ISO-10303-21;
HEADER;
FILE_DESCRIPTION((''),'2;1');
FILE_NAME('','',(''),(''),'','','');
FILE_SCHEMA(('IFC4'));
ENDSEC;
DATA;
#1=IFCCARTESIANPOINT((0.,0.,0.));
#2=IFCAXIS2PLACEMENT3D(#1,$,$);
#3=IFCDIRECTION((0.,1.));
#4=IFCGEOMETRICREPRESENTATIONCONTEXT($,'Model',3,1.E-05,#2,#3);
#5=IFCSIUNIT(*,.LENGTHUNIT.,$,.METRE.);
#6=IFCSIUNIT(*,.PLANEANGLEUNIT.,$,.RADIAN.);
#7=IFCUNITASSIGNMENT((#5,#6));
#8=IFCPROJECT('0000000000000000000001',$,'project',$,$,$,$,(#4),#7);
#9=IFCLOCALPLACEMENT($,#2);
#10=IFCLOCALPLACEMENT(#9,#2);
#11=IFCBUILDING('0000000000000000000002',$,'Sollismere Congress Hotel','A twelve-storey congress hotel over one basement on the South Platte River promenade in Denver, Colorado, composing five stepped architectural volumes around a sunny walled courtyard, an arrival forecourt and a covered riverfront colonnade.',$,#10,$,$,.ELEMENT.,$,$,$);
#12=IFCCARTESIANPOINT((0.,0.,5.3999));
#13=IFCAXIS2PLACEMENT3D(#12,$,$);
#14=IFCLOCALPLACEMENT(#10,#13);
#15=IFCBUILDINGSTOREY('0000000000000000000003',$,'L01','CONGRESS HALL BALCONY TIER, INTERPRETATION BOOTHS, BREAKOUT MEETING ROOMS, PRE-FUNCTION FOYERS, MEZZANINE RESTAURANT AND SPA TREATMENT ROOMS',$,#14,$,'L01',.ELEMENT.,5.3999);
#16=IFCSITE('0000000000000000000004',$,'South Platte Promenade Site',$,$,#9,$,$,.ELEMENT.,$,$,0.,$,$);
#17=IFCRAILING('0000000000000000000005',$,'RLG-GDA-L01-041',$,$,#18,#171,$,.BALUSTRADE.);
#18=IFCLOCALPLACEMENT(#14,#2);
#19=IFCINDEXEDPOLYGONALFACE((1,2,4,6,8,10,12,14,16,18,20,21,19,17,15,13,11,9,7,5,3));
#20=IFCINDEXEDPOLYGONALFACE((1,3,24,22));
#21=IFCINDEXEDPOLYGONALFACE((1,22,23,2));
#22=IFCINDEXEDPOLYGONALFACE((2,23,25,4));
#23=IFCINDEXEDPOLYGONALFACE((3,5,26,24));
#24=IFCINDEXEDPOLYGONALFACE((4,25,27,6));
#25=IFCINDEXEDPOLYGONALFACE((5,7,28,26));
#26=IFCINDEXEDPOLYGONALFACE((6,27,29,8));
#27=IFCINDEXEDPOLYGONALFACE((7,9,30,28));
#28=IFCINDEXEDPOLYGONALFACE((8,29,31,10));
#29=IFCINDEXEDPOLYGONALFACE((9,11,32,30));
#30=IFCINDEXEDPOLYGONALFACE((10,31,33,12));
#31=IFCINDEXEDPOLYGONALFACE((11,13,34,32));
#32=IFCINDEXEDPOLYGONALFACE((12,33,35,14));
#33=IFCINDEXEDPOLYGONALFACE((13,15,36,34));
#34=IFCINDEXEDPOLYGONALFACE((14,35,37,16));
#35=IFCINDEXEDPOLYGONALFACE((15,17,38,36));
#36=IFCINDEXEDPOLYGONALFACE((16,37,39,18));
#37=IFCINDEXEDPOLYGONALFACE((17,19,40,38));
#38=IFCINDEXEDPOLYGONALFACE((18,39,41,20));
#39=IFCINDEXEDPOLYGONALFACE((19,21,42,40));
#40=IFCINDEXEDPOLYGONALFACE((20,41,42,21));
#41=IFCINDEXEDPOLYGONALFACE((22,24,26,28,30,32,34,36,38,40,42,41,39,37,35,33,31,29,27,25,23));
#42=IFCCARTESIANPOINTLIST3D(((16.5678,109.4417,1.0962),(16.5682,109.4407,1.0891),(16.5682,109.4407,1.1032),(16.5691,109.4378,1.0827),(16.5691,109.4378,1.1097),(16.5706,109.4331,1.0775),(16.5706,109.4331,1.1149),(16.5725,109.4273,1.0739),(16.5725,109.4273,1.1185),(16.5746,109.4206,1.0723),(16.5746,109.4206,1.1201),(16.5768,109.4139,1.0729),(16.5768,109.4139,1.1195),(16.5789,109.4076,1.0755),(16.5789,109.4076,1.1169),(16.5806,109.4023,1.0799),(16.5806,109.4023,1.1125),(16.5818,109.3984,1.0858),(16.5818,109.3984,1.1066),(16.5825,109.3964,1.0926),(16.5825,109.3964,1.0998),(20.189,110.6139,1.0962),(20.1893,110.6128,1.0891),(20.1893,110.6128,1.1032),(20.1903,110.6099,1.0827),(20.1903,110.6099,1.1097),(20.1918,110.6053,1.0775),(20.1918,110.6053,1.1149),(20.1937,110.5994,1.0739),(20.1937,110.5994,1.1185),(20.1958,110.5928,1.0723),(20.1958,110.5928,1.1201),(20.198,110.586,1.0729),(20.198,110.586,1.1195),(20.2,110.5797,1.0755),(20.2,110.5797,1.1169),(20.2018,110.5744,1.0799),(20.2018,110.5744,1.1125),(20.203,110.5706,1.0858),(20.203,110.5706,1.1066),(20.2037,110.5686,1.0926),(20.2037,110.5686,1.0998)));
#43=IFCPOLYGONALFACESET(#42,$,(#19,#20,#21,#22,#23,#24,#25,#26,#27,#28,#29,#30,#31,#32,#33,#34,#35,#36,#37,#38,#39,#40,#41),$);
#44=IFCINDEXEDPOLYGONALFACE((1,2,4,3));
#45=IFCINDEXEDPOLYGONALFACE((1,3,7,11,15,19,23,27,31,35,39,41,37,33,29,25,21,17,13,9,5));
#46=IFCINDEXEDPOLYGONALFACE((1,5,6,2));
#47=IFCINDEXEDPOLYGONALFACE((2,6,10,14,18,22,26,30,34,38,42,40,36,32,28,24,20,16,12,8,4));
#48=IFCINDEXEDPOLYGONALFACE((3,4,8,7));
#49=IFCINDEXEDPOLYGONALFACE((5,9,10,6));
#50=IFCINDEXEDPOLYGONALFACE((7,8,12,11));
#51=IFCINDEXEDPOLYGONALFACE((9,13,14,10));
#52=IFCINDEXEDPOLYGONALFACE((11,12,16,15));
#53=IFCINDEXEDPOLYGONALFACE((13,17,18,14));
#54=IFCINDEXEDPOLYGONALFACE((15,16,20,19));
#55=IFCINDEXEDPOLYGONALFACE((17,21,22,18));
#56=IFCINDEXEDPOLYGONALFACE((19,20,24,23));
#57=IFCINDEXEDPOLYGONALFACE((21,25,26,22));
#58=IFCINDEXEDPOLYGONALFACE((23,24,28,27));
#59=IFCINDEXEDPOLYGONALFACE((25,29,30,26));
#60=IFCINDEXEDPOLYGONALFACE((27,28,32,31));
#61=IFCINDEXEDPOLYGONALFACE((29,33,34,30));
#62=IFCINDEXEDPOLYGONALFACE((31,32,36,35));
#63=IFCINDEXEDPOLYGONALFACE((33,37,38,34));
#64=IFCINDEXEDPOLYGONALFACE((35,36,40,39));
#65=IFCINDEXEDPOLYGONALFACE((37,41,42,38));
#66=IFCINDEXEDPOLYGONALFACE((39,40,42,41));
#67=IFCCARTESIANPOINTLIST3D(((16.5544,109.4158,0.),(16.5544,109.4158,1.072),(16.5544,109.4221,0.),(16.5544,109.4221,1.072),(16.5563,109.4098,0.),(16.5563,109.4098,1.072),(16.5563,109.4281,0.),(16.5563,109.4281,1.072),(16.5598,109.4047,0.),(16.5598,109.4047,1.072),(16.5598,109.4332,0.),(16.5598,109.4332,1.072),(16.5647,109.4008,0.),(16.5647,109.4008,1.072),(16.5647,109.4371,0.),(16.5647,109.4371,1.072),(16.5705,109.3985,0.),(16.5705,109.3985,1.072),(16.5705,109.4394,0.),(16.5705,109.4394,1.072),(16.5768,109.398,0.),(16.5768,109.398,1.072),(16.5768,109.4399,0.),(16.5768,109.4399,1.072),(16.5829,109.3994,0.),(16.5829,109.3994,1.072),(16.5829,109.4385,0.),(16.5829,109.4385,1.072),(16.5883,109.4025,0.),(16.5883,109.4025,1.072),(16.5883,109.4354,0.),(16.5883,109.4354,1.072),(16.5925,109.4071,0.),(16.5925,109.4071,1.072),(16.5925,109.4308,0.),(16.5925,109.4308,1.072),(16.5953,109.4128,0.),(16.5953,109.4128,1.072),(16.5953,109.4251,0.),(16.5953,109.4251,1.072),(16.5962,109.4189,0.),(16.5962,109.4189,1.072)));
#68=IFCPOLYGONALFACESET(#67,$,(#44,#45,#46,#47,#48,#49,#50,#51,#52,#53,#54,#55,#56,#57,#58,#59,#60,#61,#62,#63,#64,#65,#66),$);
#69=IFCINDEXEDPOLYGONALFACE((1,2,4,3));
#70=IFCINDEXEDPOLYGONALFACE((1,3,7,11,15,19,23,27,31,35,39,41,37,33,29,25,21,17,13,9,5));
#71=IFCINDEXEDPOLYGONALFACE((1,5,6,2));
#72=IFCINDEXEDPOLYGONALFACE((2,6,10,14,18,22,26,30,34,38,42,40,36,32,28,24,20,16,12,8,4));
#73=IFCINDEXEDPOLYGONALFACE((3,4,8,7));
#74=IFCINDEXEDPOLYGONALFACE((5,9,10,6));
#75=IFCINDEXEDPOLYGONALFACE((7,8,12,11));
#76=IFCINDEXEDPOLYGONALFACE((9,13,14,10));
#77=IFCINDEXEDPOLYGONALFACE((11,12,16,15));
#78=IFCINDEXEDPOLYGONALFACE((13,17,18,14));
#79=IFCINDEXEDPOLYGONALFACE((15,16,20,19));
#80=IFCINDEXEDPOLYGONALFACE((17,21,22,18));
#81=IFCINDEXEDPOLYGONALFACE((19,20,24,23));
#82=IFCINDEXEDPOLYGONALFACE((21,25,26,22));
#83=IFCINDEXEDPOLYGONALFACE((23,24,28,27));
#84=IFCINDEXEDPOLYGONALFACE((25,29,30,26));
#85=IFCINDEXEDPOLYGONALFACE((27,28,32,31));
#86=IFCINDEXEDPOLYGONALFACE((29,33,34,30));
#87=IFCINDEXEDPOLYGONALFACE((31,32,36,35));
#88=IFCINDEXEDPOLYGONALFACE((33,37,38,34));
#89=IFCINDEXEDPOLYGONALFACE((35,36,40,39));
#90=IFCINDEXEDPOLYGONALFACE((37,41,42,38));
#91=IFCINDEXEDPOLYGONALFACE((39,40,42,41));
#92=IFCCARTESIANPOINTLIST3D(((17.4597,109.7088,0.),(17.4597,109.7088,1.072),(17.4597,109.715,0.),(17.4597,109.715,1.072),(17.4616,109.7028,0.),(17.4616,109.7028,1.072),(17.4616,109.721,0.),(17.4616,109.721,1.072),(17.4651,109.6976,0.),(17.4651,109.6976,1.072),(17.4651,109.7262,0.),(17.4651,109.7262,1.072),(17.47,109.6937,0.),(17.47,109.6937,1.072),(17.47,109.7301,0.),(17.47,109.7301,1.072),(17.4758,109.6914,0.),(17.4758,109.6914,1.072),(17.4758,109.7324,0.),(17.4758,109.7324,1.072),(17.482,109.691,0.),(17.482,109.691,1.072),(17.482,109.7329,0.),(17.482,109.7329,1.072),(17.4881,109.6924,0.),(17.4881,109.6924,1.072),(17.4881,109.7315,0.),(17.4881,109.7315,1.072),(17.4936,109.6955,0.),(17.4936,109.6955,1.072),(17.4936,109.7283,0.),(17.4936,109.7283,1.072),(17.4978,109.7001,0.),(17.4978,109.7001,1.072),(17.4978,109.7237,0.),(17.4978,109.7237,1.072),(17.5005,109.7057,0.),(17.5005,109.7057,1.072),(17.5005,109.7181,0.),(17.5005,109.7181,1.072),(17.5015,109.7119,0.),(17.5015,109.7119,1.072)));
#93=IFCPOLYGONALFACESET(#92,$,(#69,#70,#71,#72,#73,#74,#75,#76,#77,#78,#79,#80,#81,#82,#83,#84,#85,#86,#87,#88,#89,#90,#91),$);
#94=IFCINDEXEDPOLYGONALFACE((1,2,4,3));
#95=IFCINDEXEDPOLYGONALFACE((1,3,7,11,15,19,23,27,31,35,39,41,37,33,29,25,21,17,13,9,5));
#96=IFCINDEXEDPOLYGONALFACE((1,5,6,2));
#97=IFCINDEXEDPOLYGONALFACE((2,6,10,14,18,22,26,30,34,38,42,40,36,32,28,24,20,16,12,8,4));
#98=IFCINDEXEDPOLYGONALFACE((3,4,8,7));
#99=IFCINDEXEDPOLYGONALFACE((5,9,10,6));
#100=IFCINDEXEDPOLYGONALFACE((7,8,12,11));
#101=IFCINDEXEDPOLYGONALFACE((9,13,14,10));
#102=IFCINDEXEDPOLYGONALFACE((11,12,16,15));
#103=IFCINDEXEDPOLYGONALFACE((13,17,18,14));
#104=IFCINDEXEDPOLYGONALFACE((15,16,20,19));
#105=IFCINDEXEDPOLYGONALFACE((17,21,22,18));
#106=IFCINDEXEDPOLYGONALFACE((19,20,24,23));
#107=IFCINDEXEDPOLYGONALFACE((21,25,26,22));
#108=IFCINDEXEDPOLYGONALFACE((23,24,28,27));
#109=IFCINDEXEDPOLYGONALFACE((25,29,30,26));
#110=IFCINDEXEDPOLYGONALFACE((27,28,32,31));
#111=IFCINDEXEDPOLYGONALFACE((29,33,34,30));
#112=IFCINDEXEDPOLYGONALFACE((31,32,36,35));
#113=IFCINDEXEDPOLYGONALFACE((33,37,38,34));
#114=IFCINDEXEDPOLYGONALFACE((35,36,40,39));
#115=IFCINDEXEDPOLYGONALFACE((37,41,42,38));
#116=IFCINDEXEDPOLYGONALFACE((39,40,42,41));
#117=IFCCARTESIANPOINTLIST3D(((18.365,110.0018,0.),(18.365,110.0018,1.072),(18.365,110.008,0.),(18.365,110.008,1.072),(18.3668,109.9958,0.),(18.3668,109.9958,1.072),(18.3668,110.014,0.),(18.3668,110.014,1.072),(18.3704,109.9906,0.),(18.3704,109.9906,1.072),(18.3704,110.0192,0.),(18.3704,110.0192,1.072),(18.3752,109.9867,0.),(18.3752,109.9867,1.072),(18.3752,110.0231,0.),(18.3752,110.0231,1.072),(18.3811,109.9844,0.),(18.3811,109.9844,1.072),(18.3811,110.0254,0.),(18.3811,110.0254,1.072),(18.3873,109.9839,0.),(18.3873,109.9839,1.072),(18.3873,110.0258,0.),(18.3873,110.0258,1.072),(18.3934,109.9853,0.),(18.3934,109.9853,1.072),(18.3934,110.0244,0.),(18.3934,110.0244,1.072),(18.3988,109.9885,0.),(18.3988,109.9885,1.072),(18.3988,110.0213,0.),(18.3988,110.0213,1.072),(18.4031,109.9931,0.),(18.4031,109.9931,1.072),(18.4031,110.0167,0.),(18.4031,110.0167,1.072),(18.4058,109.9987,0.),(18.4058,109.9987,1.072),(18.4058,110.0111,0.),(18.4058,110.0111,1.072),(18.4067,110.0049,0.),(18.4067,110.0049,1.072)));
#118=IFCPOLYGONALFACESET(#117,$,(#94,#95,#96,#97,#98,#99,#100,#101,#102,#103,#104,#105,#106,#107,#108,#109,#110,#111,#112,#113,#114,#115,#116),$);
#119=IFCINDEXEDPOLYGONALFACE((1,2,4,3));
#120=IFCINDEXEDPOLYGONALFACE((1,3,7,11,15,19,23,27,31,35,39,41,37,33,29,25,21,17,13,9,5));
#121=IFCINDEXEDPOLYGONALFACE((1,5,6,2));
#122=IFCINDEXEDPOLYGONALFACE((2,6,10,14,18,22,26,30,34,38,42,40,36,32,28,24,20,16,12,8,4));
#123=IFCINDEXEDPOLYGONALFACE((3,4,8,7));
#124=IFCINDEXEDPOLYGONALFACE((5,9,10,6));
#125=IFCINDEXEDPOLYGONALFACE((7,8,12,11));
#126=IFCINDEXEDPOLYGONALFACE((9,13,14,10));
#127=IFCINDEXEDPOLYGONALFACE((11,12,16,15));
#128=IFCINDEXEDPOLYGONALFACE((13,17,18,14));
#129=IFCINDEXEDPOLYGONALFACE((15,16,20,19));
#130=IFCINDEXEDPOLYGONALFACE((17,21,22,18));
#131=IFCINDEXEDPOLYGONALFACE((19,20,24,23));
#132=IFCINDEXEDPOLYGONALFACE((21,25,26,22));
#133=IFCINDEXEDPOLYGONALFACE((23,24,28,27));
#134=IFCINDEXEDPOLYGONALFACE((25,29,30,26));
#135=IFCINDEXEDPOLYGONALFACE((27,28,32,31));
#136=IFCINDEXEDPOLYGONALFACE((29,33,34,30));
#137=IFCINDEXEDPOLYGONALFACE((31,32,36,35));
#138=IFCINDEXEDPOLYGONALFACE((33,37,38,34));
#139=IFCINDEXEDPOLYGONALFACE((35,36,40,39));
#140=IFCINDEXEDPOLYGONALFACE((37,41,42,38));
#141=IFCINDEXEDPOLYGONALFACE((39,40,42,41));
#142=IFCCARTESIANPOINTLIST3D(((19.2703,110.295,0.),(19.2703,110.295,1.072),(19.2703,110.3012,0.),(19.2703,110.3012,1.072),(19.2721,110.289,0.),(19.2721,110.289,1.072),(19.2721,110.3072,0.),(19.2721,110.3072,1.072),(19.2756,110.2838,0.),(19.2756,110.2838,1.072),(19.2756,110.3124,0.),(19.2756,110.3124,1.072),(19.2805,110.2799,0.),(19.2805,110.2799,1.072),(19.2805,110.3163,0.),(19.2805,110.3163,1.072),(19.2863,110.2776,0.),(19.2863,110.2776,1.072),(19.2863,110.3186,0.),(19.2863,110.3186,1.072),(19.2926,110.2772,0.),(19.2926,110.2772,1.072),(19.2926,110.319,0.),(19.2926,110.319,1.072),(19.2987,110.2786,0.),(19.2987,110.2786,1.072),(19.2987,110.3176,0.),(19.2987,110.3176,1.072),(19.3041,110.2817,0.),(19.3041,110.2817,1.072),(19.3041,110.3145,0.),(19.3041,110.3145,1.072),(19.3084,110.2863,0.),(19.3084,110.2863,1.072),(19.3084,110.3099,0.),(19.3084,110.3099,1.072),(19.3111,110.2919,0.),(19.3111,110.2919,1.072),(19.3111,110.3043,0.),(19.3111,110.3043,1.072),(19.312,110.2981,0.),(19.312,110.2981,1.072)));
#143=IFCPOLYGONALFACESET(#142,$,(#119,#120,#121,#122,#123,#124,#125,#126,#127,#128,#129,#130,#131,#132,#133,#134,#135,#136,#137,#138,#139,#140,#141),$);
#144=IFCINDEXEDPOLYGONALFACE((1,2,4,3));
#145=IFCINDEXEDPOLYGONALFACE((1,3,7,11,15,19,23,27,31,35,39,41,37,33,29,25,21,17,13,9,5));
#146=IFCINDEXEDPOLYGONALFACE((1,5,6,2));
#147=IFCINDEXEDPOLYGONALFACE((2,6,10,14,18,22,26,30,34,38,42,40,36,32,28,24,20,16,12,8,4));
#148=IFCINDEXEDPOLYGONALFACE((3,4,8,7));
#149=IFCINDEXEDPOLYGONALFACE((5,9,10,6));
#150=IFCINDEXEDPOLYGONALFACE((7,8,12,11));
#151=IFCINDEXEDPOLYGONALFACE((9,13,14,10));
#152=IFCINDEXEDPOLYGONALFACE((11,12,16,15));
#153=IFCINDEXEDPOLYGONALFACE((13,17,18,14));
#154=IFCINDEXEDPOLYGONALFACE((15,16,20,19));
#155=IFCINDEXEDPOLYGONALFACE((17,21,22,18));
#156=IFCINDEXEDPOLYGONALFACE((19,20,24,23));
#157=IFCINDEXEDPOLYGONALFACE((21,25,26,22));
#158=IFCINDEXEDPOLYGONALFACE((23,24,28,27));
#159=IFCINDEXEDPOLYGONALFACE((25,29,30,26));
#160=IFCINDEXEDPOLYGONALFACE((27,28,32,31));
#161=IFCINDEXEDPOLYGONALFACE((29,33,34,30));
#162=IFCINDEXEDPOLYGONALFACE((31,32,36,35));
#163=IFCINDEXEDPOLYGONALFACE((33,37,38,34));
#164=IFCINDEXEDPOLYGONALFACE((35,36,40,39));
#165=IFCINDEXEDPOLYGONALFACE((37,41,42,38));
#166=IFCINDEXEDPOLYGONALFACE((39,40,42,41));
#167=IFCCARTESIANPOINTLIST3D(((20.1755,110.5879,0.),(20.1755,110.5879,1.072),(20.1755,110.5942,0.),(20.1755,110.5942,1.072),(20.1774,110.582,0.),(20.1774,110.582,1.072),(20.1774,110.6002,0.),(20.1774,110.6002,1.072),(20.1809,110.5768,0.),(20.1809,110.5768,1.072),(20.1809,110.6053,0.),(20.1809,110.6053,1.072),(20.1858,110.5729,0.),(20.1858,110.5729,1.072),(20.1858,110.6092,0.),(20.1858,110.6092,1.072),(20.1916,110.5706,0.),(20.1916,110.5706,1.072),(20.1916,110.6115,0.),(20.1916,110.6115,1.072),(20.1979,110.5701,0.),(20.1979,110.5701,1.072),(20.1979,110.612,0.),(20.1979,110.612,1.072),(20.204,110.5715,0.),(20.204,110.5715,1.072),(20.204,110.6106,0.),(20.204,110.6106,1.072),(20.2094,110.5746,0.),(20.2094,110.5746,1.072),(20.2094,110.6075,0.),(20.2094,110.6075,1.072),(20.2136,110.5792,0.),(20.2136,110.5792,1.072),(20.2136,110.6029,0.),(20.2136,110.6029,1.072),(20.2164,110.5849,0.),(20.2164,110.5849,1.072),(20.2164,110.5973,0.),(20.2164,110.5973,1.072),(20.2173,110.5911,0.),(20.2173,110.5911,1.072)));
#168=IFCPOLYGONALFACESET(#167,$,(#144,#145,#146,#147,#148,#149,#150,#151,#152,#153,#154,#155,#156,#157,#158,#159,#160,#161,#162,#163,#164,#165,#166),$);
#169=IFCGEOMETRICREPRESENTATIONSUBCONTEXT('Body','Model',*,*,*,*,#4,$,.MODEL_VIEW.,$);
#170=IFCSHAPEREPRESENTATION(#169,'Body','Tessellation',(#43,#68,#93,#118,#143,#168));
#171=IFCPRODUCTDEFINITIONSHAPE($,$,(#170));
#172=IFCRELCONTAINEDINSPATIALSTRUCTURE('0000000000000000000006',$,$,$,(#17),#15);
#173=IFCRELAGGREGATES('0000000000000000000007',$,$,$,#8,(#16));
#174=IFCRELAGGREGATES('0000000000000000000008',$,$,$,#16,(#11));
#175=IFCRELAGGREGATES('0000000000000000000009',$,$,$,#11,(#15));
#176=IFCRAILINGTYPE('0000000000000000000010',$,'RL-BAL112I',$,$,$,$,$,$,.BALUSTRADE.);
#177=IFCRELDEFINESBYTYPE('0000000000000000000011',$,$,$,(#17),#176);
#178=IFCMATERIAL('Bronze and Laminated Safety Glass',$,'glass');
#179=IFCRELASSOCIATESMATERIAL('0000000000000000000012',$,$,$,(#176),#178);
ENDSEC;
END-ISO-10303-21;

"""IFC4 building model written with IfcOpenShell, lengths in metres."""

from ifc_helpers import new_model, si_unit, direction, frame, origin, origin_2d, place, context, subcontext, project, spatial, circle, extrude, material, type_object, element, save


model = new_model("IFC4")

# Units and contexts
model_context = context("Model", 3, precision=1e-05, world=origin(), true_north=direction((0.0, 1.0)))
body_context = subcontext(model_context, "Body", "Model", "MODEL_VIEW")
ifc_project = project(units=[si_unit("LENGTHUNIT", "METRE"), si_unit("PLANEANGLEUNIT", "RADIAN")], contexts=[model_context])

# Site, building, storey
site_placement = place(None, origin())
site = spatial("IfcSite", under=ifc_project, at=site_placement, Name="South Platte Promenade Site", CompositionType="ELEMENT", RefElevation=0.0)
building_placement = place(site_placement, origin())
building = spatial("IfcBuilding", under=site, at=building_placement, Name="Sollismere Congress Hotel", Description="A twelve-storey congress hotel over one basement on the South Platte River promenade in Denver, Colorado, composing five stepped architectural volumes around a sunny walled courtyard, an arrival forecourt and a covered riverfront colonnade.", CompositionType="ELEMENT")
storey_placement = place(building_placement, frame((0.0, 0.0, 5.3999)))
storey = spatial("IfcBuildingStorey", under=building, at=storey_placement, Name="L01", Description="CONGRESS HALL BALCONY TIER, INTERPRETATION BOOTHS, BREAKOUT MEETING ROOMS, PRE-FUNCTION FOYERS, MEZZANINE RESTAURANT AND SPA TREATMENT ROOMS", LongName="L01", CompositionType="ELEMENT", Elevation=5.3999)

# Railing
ifc_material_1 = material(Name="Bronze and Laminated Safety Glass", Category="glass")
railing_type = type_object("IfcRailingType", Name="RL-BAL112I", PredefinedType="BALUSTRADE", material=ifc_material_1)
railing_1_placement = place(storey_placement, frame((16.5752, 109.4189, 0.0)))
element("IfcRailing", 1, at=railing_1_placement, inside=storey, type_object=railing_type, Name="RLG-GDA-L01-041", PredefinedType="BALUSTRADE", context=body_context, shape_type="SweptSolid", body=[
    extrude(circle(Radius=0.0239, at=origin_2d()), frame((0.0, 0.0, 1.0962), z_axis=(0.951399, 0.30796, 0.0), x_axis=(-0.30796, 0.951399, 0.0)), (0.0, 0.0, 1.0), 3.8062),
    extrude(circle(Radius=0.021, at=origin_2d()), origin(), (0.0, 0.0, 1.0), 1.072),
    extrude(circle(Radius=0.021, at=origin_2d()), frame((0.9053, 0.293, 0.0)), (0.0, 0.0, 1.0), 1.072),
    extrude(circle(Radius=0.021, at=origin_2d()), frame((1.8105, 0.5859, 0.0)), (0.0, 0.0, 1.0), 1.072),
    extrude(circle(Radius=0.021, at=origin_2d()), frame((2.7158, 0.8792, 0.0)), (0.0, 0.0, 1.0), 1.072),
    extrude(circle(Radius=0.021, at=origin_2d()), frame((3.6211, 1.1721, 0.0)), (0.0, 0.0, 1.0), 1.072),
])

save(model, "model.ifc")
